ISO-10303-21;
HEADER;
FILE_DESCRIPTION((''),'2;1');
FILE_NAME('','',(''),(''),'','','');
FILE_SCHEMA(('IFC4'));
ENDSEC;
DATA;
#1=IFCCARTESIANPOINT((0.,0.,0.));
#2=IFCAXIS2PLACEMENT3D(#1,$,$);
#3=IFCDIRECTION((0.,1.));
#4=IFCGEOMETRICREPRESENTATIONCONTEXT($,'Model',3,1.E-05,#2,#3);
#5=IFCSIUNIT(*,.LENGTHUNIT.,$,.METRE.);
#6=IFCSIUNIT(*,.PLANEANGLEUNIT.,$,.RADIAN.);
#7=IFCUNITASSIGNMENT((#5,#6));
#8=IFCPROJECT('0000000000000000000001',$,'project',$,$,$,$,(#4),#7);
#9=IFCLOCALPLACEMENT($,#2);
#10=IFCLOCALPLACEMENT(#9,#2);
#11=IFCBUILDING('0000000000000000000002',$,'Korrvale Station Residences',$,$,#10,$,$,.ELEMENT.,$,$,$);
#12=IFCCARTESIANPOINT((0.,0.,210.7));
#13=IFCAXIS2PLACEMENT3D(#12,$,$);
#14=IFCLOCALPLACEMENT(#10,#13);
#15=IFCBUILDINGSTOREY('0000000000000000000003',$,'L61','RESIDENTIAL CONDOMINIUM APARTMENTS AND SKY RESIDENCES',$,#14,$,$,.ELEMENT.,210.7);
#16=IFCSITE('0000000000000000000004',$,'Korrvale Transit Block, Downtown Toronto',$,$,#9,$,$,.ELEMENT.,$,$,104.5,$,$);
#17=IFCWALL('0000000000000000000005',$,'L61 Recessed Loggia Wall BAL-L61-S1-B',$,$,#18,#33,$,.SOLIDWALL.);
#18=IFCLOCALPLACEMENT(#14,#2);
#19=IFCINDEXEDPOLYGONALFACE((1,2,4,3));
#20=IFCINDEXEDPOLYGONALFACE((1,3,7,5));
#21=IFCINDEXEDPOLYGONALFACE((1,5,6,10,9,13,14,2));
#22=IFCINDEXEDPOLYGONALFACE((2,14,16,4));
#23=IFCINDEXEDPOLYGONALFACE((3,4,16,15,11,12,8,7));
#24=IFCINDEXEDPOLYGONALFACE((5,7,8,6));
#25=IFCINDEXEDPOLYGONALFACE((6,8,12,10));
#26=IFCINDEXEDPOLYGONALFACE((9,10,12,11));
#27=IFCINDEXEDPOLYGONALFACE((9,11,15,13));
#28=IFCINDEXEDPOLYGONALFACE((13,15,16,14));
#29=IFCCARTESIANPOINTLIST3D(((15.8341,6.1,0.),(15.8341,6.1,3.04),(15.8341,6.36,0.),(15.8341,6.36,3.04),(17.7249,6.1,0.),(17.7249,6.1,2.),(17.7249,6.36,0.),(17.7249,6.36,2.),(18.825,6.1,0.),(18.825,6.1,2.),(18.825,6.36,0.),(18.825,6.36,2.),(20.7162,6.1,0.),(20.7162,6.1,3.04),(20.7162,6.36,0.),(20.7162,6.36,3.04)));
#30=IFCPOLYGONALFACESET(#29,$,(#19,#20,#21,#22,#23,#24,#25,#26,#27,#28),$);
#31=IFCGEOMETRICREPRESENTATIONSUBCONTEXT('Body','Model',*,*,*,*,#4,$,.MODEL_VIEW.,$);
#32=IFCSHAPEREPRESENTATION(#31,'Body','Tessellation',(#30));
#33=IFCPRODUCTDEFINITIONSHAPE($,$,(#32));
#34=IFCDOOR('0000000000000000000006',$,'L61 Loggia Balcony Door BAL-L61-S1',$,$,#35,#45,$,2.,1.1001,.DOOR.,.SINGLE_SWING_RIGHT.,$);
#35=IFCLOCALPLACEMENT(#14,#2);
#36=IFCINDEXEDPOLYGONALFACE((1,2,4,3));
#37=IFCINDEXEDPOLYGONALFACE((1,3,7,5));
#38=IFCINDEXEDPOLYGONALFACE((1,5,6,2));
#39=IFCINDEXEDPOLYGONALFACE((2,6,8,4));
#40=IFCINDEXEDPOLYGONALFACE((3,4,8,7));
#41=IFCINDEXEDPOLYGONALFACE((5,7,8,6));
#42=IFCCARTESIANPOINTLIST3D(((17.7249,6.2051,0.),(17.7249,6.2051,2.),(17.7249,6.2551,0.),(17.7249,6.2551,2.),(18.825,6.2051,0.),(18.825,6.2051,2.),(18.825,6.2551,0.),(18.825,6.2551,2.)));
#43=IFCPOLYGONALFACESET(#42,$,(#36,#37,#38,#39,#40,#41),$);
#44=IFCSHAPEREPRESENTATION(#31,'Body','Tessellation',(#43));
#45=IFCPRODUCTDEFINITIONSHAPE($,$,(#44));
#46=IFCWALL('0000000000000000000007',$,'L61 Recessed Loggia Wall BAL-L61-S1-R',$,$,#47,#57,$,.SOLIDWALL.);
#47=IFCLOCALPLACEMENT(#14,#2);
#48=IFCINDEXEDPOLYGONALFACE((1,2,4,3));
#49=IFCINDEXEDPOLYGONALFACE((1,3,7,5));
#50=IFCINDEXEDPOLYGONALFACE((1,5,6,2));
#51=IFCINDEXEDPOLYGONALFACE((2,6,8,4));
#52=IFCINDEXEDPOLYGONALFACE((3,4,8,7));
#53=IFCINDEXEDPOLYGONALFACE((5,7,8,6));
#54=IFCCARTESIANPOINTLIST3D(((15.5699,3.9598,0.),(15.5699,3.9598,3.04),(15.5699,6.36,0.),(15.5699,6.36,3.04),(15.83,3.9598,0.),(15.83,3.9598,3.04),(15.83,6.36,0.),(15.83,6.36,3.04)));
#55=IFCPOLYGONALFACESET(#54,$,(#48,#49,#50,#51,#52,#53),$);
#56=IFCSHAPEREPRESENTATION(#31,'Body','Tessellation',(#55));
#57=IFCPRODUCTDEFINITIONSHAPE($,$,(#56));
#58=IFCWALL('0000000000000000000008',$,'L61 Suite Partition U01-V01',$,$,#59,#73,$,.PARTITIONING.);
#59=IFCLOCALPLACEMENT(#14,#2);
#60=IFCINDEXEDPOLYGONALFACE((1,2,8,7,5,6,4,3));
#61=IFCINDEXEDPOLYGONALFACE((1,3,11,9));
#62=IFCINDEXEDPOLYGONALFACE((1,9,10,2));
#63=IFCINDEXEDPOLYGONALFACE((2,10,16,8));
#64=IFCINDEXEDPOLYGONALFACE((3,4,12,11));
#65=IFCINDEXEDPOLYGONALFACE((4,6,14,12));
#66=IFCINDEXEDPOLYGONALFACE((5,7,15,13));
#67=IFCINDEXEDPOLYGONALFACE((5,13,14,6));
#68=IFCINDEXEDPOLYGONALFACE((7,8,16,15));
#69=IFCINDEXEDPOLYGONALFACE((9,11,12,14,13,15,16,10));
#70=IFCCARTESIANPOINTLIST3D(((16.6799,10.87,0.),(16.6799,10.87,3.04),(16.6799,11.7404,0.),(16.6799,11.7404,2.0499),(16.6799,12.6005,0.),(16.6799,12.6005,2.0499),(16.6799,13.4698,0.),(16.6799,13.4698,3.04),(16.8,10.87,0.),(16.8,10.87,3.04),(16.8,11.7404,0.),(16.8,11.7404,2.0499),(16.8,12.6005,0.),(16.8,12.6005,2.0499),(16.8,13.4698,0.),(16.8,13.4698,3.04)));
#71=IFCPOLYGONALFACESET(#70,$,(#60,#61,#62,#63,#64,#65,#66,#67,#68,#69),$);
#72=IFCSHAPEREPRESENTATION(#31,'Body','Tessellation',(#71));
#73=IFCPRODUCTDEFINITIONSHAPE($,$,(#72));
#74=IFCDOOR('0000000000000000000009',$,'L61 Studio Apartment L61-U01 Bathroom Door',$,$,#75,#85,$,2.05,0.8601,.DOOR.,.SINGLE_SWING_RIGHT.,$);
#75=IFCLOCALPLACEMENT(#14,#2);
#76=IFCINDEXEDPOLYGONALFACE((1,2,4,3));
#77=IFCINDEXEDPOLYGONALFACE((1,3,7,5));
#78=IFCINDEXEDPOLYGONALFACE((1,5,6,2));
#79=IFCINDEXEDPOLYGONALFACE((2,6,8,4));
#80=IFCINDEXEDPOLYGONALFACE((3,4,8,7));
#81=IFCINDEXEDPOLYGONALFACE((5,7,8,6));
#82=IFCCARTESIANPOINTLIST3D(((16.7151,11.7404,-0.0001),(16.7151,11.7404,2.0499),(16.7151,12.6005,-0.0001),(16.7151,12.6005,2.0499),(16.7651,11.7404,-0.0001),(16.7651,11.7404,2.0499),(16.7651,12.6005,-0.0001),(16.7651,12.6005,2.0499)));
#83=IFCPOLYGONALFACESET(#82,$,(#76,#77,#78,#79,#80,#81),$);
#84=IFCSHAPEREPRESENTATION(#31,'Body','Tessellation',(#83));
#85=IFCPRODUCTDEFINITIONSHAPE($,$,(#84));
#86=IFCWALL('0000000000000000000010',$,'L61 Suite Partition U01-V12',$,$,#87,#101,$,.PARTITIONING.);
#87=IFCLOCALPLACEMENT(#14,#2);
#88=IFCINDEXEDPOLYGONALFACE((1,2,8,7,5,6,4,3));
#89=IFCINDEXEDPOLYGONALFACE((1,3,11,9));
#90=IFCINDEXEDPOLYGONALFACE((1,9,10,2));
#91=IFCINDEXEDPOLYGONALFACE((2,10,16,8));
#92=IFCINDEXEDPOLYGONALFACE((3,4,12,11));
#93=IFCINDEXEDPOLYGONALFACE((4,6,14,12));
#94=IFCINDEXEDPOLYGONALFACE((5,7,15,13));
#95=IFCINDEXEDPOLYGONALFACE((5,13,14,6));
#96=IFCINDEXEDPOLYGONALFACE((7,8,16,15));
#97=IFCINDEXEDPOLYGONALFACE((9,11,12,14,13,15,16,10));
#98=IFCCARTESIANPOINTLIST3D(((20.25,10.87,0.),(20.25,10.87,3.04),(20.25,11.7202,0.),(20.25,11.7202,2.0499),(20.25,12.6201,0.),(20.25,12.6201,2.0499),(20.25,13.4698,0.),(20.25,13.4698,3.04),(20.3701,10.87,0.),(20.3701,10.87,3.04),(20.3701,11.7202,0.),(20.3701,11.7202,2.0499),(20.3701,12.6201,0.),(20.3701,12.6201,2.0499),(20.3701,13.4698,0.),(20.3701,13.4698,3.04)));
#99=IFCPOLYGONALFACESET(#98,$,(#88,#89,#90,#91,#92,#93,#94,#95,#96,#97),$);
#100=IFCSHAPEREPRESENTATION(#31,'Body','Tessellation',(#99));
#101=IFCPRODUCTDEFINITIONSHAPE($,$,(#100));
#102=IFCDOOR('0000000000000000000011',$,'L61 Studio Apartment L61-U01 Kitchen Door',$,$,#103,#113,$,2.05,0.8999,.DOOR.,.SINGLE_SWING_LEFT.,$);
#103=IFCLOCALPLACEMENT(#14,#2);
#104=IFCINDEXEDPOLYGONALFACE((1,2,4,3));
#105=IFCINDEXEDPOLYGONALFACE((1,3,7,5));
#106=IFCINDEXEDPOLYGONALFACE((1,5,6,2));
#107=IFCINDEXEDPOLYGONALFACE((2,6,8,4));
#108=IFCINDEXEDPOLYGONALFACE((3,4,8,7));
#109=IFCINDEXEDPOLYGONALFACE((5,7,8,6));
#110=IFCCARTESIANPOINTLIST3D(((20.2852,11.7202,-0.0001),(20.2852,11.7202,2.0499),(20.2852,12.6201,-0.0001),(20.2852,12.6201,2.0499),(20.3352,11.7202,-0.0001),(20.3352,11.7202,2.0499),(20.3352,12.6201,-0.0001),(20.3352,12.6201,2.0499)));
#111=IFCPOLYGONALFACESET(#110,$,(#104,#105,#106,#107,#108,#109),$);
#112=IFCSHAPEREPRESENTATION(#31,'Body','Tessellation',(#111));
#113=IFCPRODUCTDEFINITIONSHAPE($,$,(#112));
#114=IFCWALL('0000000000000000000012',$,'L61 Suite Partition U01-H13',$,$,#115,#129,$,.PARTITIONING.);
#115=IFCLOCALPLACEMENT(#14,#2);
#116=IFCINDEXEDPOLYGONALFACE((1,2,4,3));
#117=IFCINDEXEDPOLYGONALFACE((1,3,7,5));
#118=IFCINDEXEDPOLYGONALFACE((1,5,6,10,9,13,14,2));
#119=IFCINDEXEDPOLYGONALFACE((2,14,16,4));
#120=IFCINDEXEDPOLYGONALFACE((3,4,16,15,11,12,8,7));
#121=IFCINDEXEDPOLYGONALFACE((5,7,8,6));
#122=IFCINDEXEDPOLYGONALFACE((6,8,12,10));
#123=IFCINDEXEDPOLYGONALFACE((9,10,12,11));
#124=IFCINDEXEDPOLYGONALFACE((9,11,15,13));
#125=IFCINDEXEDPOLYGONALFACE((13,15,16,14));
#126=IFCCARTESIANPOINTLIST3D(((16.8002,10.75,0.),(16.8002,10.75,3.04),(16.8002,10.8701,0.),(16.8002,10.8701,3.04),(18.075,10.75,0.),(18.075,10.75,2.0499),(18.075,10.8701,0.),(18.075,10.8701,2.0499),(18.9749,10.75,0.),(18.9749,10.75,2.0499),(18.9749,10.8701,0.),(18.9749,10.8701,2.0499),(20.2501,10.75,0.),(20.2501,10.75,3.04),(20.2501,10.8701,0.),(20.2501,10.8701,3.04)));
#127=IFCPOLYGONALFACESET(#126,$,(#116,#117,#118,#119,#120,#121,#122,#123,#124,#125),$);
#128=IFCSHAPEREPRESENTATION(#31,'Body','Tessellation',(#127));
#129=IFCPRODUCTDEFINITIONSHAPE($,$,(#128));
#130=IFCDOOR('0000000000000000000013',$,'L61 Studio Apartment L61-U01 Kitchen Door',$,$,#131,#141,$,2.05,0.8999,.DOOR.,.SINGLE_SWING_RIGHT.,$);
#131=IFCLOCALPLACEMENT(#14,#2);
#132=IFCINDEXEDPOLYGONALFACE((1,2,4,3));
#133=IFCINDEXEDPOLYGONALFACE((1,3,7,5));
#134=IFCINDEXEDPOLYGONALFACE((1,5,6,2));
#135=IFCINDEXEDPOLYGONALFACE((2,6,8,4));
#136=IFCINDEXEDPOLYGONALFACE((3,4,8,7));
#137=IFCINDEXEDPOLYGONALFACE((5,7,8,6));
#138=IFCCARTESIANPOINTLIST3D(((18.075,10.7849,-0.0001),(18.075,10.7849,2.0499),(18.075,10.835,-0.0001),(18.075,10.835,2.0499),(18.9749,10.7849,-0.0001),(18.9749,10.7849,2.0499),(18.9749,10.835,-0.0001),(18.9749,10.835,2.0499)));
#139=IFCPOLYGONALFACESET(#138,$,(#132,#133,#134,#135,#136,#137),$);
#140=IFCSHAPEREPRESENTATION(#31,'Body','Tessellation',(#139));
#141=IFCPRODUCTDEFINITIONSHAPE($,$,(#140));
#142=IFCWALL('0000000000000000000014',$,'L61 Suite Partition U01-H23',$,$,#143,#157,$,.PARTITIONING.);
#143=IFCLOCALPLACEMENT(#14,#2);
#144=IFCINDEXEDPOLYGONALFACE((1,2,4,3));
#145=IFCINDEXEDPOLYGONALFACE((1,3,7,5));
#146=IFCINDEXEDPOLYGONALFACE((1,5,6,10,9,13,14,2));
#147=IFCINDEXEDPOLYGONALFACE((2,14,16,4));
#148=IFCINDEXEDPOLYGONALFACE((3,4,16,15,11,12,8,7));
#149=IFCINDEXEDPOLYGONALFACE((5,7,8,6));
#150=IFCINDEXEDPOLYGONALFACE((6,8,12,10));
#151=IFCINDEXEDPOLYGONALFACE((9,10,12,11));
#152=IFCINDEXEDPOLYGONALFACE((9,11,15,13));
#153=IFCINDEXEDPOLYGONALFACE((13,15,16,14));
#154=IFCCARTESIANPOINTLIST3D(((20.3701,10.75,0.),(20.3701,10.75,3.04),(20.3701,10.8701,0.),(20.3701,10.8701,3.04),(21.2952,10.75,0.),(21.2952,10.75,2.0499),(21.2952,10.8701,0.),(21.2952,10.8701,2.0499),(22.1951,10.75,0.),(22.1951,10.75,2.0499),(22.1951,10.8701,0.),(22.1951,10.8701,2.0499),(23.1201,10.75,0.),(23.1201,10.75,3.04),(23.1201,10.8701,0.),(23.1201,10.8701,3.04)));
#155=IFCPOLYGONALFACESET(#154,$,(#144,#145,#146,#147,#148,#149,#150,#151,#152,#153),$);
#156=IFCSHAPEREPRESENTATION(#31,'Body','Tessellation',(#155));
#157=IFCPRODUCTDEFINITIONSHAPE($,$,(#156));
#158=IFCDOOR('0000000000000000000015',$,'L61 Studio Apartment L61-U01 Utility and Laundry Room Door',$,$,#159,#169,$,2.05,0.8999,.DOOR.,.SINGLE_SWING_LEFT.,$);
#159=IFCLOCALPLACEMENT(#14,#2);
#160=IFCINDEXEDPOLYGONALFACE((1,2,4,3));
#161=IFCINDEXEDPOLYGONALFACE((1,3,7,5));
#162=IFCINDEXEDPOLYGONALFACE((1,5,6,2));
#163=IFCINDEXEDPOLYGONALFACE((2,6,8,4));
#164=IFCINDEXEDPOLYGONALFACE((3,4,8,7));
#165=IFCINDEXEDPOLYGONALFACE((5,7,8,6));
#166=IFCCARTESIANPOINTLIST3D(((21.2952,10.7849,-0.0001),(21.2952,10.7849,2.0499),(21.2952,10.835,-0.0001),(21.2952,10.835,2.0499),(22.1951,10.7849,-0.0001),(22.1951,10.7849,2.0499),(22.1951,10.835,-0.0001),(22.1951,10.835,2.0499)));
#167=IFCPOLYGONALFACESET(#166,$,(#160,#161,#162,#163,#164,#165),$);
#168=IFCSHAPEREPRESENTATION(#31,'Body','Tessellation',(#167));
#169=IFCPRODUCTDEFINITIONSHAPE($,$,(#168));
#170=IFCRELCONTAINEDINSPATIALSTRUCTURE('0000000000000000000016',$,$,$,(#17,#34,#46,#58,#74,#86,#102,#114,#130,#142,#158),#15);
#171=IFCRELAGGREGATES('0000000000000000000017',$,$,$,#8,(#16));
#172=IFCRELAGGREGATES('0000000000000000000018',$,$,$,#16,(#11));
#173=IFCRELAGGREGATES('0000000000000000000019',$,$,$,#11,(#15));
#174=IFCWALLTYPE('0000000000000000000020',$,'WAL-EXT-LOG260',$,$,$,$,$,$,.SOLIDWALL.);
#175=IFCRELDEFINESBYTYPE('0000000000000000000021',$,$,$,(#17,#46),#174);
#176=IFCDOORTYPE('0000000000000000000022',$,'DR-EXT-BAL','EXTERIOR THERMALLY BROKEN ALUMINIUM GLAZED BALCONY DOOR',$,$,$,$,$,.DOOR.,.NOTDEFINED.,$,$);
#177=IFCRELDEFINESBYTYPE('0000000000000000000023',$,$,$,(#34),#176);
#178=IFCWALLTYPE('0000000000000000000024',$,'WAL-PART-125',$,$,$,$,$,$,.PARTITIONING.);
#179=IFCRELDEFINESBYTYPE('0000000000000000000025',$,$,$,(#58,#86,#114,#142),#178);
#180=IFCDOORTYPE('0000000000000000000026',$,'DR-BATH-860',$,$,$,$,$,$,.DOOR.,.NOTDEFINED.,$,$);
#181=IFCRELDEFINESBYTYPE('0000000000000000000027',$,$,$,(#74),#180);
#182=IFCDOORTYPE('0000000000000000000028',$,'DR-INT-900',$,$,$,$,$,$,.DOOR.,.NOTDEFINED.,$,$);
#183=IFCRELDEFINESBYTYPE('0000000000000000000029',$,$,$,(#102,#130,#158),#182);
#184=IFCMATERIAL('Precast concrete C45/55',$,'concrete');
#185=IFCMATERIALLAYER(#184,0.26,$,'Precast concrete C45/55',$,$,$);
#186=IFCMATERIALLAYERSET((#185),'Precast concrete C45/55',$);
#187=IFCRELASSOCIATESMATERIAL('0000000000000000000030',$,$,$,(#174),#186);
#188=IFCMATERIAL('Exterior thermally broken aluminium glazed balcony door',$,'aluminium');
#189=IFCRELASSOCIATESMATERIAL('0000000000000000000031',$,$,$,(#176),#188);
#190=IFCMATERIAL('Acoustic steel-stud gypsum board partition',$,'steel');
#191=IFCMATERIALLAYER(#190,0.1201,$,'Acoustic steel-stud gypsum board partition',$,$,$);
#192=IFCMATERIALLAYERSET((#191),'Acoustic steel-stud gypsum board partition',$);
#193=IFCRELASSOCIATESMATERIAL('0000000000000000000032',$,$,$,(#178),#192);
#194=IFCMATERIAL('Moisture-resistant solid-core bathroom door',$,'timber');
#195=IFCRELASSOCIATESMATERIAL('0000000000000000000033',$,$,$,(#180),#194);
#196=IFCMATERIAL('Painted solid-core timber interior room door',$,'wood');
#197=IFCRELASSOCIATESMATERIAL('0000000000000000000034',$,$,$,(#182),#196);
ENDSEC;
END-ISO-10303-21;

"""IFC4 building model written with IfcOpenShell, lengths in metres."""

from ifc_helpers import new_model, si_unit, direction, frame, frame_2d, origin, place, context, subcontext, project, spatial, rectangle, extrude, material, layer, layer_set, type_object, element, fill, save


model = new_model("IFC4")

# Units and contexts
model_context = context("Model", 3, precision=1e-05, world=origin(), true_north=direction((0.0, 1.0)))
body_context = subcontext(model_context, "Body", "Model", "MODEL_VIEW")
ifc_project = project(units=[si_unit("LENGTHUNIT", "METRE"), si_unit("PLANEANGLEUNIT", "RADIAN")], contexts=[model_context])

# Site, building, storey
site_placement = place(None, origin())
site = spatial("IfcSite", under=ifc_project, at=site_placement, Name="Korrvale Transit Block, Downtown Toronto", CompositionType="ELEMENT", RefElevation=104.5)
building_placement = place(site_placement, origin())
building = spatial("IfcBuilding", under=site, at=building_placement, Name="Korrvale Station Residences", CompositionType="ELEMENT")
storey_placement = place(building_placement, frame((0.0, 0.0, 210.7)))
storey = spatial("IfcBuildingStorey", under=building, at=storey_placement, Name="L61", Description="RESIDENTIAL CONDOMINIUM APARTMENTS AND SKY RESIDENCES", CompositionType="ELEMENT", Elevation=210.7)

# Shared definitions
ifc_material_1 = material(Name="Precast concrete C45/55", Category="concrete")
ifc_layer_1 = layer(ifc_material_1, 0.26, Name="Precast concrete C45/55")
ifc_layer_set_1 = layer_set([ifc_layer_1], Name="Precast concrete C45/55")
wall_type_1 = type_object("IfcWallType", Name="WAL-EXT-LOG260", PredefinedType="SOLIDWALL", material=ifc_layer_set_1)

# Wall, opening, door
wall_1_placement = place(storey_placement, frame((20.7161, 6.23, 0.0), z_axis=(0.0, 0.0, 1.0), x_axis=(-1.0, 0.0, 0.0)))
wall_1 = element("IfcWall", 1, at=wall_1_placement, inside=storey, type_object=wall_type_1, Name="L61 Recessed Loggia Wall BAL-L61-S1-B", PredefinedType="SOLIDWALL", context=body_context, shape_type="SweptSolid", body=[
    extrude(rectangle(XDim=4.8821, YDim=0.26, at=frame_2d((2.4409, 0.0))), origin(), (0.0, 0.0, 1.0), 3.04),
])
opening_1_placement = place(wall_1_placement, frame((1.8911, 0.0, 0.0)))
opening_1 = element("IfcOpeningElement", 2, at=opening_1_placement, cuts=wall_1, PredefinedType="OPENING", context=body_context, shape_type="SweptSolid", body=[
    extrude(rectangle(XDim=1.1001, YDim=2.0, at=frame_2d((0.55, 1.0))), frame((0.0, 0.1401, 0.0), z_axis=(0.0, -1.0, 0.0), x_axis=(1.0, 0.0, 0.0)), (0.0, 0.0, 1.0), 0.28),
])
ifc_material_2 = material(Name="Exterior thermally broken aluminium glazed balcony door", Category="aluminium")
door_type_1 = type_object("IfcDoorType", Name="DR-EXT-BAL", Description="EXTERIOR THERMALLY BROKEN ALUMINIUM GLAZED BALCONY DOOR", OperationType="NOTDEFINED", PredefinedType="DOOR", material=ifc_material_2)
door_1_placement = place(opening_1_placement, origin())
door_1 = element("IfcDoor", 3, at=door_1_placement, inside=storey, type_object=door_type_1, Name="L61 Loggia Balcony Door BAL-L61-S1", OperationType="SINGLE_SWING_RIGHT", OverallHeight=2.0, OverallWidth=1.1001, PredefinedType="DOOR", context=body_context, shape_type="SweptSolid", body=[
    extrude(rectangle(XDim=1.1001, YDim=2.0, at=frame_2d((0.55, 1.0))), frame((0.0, 0.0249, 0.0), z_axis=(0.0, -1.0, 0.0), x_axis=(1.0, 0.0, 0.0)), (0.0, 0.0, 1.0), 0.05),
])
fill(opening_1, door_1)

# Wall
wall_2_placement = place(storey_placement, frame((15.7, 6.3601, 0.0), z_axis=(0.0, 0.0, 1.0), x_axis=(0.0, -1.0, 0.0)))
element("IfcWall", 4, at=wall_2_placement, inside=storey, type_object=wall_type_1, Name="L61 Recessed Loggia Wall BAL-L61-S1-R", PredefinedType="SOLIDWALL", context=body_context, shape_type="SweptSolid", body=[
    extrude(rectangle(XDim=2.4001, YDim=0.26, at=frame_2d((1.2002, 0.0))), origin(), (0.0, 0.0, 1.0), 3.04),
])

# Walls, openings, doors
ifc_material_3 = material(Name="Acoustic steel-stud gypsum board partition", Category="steel")
ifc_layer_2 = layer(ifc_material_3, 0.1201, Name="Acoustic steel-stud gypsum board partition")
ifc_layer_set_2 = layer_set([ifc_layer_2], Name="Acoustic steel-stud gypsum board partition")
wall_type_2 = type_object("IfcWallType", Name="WAL-PART-125", PredefinedType="PARTITIONING", material=ifc_layer_set_2)
wall_3_placement = place(storey_placement, frame((16.74, 10.8701, 0.0), z_axis=(0.0, 0.0, 1.0), x_axis=(0.0, 1.0, 0.0)))
wall_3 = element("IfcWall", 5, at=wall_3_placement, inside=storey, type_object=wall_type_2, Name="L61 Suite Partition U01-V01", PredefinedType="PARTITIONING", context=body_context, shape_type="SweptSolid", body=[
    extrude(rectangle(XDim=2.5999, YDim=0.1201, at=frame_2d((1.2998, 0.0))), origin(), (0.0, 0.0, 1.0), 3.04),
])
opening_2_placement = place(wall_3_placement, frame((0.8701, 0.0, 0.0)))
opening_2 = element("IfcOpeningElement", 6, at=opening_2_placement, cuts=wall_3, PredefinedType="OPENING", context=body_context, shape_type="SweptSolid", body=[
    extrude(rectangle(XDim=0.8601, YDim=2.05, at=frame_2d((0.4302, 1.0249))), frame((0.0, 0.0701, 0.0), z_axis=(0.0, -1.0, 0.0), x_axis=(1.0, 0.0, 0.0)), (0.0, 0.0, 1.0), 0.1401),
])
ifc_material_4 = material(Name="Moisture-resistant solid-core bathroom door", Category="timber")
door_type_2 = type_object("IfcDoorType", Name="DR-BATH-860", OperationType="NOTDEFINED", PredefinedType="DOOR", material=ifc_material_4)
door_2_placement = place(opening_2_placement, origin())
door_2 = element("IfcDoor", 7, at=door_2_placement, inside=storey, type_object=door_type_2, Name="L61 Studio Apartment L61-U01 Bathroom Door", OperationType="SINGLE_SWING_RIGHT", OverallHeight=2.05, OverallWidth=0.8601, PredefinedType="DOOR", context=body_context, shape_type="SweptSolid", body=[
    extrude(rectangle(XDim=0.8601, YDim=2.05, at=frame_2d((0.4302, 1.0249))), frame((0.0, 0.0249, 0.0), z_axis=(0.0, -1.0, 0.0), x_axis=(1.0, 0.0, 0.0)), (0.0, 0.0, 1.0), 0.05),
])
fill(opening_2, door_2)
wall_4_placement = place(storey_placement, frame((20.3101, 10.8701, 0.0), z_axis=(0.0, 0.0, 1.0), x_axis=(0.0, 1.0, 0.0)))
wall_4 = element("IfcWall", 8, at=wall_4_placement, inside=storey, type_object=wall_type_2, Name="L61 Suite Partition U01-V12", PredefinedType="PARTITIONING", context=body_context, shape_type="SweptSolid", body=[
    extrude(rectangle(XDim=2.5999, YDim=0.1201, at=frame_2d((1.2998, 0.0))), origin(), (0.0, 0.0, 1.0), 3.04),
])
opening_3_placement = place(wall_4_placement, frame((0.8501, 0.0, 0.0)))
opening_3 = element("IfcOpeningElement", 9, at=opening_3_placement, cuts=wall_4, PredefinedType="OPENING", context=body_context, shape_type="SweptSolid", body=[
    extrude(rectangle(XDim=0.8999, YDim=2.05, at=frame_2d((0.45, 1.0249))), frame((0.0, 0.0701, 0.0), z_axis=(0.0, -1.0, 0.0), x_axis=(1.0, 0.0, 0.0)), (0.0, 0.0, 1.0), 0.1401),
])
ifc_material_5 = material(Name="Painted solid-core timber interior room door", Category="wood")
door_type_3 = type_object("IfcDoorType", Name="DR-INT-900", OperationType="NOTDEFINED", PredefinedType="DOOR", material=ifc_material_5)
door_3_placement = place(opening_3_placement, origin())
door_3 = element("IfcDoor", 10, at=door_3_placement, inside=storey, type_object=door_type_3, Name="L61 Studio Apartment L61-U01 Kitchen Door", OperationType="SINGLE_SWING_LEFT", OverallHeight=2.05, OverallWidth=0.8999, PredefinedType="DOOR", context=body_context, shape_type="SweptSolid", body=[
    extrude(rectangle(XDim=0.8999, YDim=2.05, at=frame_2d((0.45, 1.0249))), frame((0.0, 0.0249, 0.0), z_axis=(0.0, -1.0, 0.0), x_axis=(1.0, 0.0, 0.0)), (0.0, 0.0, 1.0), 0.05),
])
fill(opening_3, door_3)
wall_5_placement = place(storey_placement, frame((16.8, 10.8101, 0.0), z_axis=(0.0, 0.0, 1.0), x_axis=(1.0, 0.0, 0.0)))
wall_5 = element("IfcWall", 11, at=wall_5_placement, inside=storey, type_object=wall_type_2, Name="L61 Suite Partition U01-H13", PredefinedType="PARTITIONING", context=body_context, shape_type="SweptSolid", body=[
    extrude(rectangle(XDim=3.45, YDim=0.1201, at=frame_2d((1.7251, 0.0))), origin(), (0.0, 0.0, 1.0), 3.04),
])
opening_4_placement = place(wall_5_placement, frame((1.2749, 0.0, 0.0)))
opening_4 = element("IfcOpeningElement", 12, at=opening_4_placement, cuts=wall_5, PredefinedType="OPENING", context=body_context, shape_type="SweptSolid", body=[
    extrude(rectangle(XDim=0.8999, YDim=2.05, at=frame_2d((0.45, 1.0249))), frame((0.0, 0.0701, 0.0), z_axis=(0.0, -1.0, 0.0), x_axis=(1.0, 0.0, 0.0)), (0.0, 0.0, 1.0), 0.1401),
])
door_4_placement = place(opening_4_placement, origin())
door_4 = element("IfcDoor", 13, at=door_4_placement, inside=storey, type_object=door_type_3, Name="L61 Studio Apartment L61-U01 Kitchen Door", OperationType="SINGLE_SWING_RIGHT", OverallHeight=2.05, OverallWidth=0.8999, PredefinedType="DOOR", context=body_context, shape_type="SweptSolid", body=[
    extrude(rectangle(XDim=0.8999, YDim=2.05, at=frame_2d((0.45, 1.0249))), frame((0.0, 0.0249, 0.0), z_axis=(0.0, -1.0, 0.0), x_axis=(1.0, 0.0, 0.0)), (0.0, 0.0, 1.0), 0.05),
])
fill(opening_4, door_4)
wall_6_placement = place(storey_placement, frame((20.3701, 10.8101, 0.0), z_axis=(0.0, 0.0, 1.0), x_axis=(1.0, 0.0, 0.0)))
wall_6 = element("IfcWall", 14, at=wall_6_placement, inside=storey, type_object=wall_type_2, Name="L61 Suite Partition U01-H23", PredefinedType="PARTITIONING", context=body_context, shape_type="SweptSolid", body=[
    extrude(rectangle(XDim=2.75, YDim=0.1201, at=frame_2d((1.375, 0.0))), origin(), (0.0, 0.0, 1.0), 3.04),
])
opening_5_placement = place(wall_6_placement, frame((0.925, 0.0, 0.0)))
opening_5 = element("IfcOpeningElement", 15, at=opening_5_placement, cuts=wall_6, PredefinedType="OPENING", context=body_context, shape_type="SweptSolid", body=[
    extrude(rectangle(XDim=0.8999, YDim=2.05, at=frame_2d((0.45, 1.0249))), frame((0.0, 0.0701, 0.0), z_axis=(0.0, -1.0, 0.0), x_axis=(1.0, 0.0, 0.0)), (0.0, 0.0, 1.0), 0.1401),
])
door_5_placement = place(opening_5_placement, origin())
door_5 = element("IfcDoor", 16, at=door_5_placement, inside=storey, type_object=door_type_3, Name="L61 Studio Apartment L61-U01 Utility and Laundry Room Door", OperationType="SINGLE_SWING_LEFT", OverallHeight=2.05, OverallWidth=0.8999, PredefinedType="DOOR", context=body_context, shape_type="SweptSolid", body=[
    extrude(rectangle(XDim=0.8999, YDim=2.05, at=frame_2d((0.45, 1.0249))), frame((0.0, 0.0249, 0.0), z_axis=(0.0, -1.0, 0.0), x_axis=(1.0, 0.0, 0.0)), (0.0, 0.0, 1.0), 0.05),
])
fill(opening_5, door_5)

save(model, "model.ifc")
